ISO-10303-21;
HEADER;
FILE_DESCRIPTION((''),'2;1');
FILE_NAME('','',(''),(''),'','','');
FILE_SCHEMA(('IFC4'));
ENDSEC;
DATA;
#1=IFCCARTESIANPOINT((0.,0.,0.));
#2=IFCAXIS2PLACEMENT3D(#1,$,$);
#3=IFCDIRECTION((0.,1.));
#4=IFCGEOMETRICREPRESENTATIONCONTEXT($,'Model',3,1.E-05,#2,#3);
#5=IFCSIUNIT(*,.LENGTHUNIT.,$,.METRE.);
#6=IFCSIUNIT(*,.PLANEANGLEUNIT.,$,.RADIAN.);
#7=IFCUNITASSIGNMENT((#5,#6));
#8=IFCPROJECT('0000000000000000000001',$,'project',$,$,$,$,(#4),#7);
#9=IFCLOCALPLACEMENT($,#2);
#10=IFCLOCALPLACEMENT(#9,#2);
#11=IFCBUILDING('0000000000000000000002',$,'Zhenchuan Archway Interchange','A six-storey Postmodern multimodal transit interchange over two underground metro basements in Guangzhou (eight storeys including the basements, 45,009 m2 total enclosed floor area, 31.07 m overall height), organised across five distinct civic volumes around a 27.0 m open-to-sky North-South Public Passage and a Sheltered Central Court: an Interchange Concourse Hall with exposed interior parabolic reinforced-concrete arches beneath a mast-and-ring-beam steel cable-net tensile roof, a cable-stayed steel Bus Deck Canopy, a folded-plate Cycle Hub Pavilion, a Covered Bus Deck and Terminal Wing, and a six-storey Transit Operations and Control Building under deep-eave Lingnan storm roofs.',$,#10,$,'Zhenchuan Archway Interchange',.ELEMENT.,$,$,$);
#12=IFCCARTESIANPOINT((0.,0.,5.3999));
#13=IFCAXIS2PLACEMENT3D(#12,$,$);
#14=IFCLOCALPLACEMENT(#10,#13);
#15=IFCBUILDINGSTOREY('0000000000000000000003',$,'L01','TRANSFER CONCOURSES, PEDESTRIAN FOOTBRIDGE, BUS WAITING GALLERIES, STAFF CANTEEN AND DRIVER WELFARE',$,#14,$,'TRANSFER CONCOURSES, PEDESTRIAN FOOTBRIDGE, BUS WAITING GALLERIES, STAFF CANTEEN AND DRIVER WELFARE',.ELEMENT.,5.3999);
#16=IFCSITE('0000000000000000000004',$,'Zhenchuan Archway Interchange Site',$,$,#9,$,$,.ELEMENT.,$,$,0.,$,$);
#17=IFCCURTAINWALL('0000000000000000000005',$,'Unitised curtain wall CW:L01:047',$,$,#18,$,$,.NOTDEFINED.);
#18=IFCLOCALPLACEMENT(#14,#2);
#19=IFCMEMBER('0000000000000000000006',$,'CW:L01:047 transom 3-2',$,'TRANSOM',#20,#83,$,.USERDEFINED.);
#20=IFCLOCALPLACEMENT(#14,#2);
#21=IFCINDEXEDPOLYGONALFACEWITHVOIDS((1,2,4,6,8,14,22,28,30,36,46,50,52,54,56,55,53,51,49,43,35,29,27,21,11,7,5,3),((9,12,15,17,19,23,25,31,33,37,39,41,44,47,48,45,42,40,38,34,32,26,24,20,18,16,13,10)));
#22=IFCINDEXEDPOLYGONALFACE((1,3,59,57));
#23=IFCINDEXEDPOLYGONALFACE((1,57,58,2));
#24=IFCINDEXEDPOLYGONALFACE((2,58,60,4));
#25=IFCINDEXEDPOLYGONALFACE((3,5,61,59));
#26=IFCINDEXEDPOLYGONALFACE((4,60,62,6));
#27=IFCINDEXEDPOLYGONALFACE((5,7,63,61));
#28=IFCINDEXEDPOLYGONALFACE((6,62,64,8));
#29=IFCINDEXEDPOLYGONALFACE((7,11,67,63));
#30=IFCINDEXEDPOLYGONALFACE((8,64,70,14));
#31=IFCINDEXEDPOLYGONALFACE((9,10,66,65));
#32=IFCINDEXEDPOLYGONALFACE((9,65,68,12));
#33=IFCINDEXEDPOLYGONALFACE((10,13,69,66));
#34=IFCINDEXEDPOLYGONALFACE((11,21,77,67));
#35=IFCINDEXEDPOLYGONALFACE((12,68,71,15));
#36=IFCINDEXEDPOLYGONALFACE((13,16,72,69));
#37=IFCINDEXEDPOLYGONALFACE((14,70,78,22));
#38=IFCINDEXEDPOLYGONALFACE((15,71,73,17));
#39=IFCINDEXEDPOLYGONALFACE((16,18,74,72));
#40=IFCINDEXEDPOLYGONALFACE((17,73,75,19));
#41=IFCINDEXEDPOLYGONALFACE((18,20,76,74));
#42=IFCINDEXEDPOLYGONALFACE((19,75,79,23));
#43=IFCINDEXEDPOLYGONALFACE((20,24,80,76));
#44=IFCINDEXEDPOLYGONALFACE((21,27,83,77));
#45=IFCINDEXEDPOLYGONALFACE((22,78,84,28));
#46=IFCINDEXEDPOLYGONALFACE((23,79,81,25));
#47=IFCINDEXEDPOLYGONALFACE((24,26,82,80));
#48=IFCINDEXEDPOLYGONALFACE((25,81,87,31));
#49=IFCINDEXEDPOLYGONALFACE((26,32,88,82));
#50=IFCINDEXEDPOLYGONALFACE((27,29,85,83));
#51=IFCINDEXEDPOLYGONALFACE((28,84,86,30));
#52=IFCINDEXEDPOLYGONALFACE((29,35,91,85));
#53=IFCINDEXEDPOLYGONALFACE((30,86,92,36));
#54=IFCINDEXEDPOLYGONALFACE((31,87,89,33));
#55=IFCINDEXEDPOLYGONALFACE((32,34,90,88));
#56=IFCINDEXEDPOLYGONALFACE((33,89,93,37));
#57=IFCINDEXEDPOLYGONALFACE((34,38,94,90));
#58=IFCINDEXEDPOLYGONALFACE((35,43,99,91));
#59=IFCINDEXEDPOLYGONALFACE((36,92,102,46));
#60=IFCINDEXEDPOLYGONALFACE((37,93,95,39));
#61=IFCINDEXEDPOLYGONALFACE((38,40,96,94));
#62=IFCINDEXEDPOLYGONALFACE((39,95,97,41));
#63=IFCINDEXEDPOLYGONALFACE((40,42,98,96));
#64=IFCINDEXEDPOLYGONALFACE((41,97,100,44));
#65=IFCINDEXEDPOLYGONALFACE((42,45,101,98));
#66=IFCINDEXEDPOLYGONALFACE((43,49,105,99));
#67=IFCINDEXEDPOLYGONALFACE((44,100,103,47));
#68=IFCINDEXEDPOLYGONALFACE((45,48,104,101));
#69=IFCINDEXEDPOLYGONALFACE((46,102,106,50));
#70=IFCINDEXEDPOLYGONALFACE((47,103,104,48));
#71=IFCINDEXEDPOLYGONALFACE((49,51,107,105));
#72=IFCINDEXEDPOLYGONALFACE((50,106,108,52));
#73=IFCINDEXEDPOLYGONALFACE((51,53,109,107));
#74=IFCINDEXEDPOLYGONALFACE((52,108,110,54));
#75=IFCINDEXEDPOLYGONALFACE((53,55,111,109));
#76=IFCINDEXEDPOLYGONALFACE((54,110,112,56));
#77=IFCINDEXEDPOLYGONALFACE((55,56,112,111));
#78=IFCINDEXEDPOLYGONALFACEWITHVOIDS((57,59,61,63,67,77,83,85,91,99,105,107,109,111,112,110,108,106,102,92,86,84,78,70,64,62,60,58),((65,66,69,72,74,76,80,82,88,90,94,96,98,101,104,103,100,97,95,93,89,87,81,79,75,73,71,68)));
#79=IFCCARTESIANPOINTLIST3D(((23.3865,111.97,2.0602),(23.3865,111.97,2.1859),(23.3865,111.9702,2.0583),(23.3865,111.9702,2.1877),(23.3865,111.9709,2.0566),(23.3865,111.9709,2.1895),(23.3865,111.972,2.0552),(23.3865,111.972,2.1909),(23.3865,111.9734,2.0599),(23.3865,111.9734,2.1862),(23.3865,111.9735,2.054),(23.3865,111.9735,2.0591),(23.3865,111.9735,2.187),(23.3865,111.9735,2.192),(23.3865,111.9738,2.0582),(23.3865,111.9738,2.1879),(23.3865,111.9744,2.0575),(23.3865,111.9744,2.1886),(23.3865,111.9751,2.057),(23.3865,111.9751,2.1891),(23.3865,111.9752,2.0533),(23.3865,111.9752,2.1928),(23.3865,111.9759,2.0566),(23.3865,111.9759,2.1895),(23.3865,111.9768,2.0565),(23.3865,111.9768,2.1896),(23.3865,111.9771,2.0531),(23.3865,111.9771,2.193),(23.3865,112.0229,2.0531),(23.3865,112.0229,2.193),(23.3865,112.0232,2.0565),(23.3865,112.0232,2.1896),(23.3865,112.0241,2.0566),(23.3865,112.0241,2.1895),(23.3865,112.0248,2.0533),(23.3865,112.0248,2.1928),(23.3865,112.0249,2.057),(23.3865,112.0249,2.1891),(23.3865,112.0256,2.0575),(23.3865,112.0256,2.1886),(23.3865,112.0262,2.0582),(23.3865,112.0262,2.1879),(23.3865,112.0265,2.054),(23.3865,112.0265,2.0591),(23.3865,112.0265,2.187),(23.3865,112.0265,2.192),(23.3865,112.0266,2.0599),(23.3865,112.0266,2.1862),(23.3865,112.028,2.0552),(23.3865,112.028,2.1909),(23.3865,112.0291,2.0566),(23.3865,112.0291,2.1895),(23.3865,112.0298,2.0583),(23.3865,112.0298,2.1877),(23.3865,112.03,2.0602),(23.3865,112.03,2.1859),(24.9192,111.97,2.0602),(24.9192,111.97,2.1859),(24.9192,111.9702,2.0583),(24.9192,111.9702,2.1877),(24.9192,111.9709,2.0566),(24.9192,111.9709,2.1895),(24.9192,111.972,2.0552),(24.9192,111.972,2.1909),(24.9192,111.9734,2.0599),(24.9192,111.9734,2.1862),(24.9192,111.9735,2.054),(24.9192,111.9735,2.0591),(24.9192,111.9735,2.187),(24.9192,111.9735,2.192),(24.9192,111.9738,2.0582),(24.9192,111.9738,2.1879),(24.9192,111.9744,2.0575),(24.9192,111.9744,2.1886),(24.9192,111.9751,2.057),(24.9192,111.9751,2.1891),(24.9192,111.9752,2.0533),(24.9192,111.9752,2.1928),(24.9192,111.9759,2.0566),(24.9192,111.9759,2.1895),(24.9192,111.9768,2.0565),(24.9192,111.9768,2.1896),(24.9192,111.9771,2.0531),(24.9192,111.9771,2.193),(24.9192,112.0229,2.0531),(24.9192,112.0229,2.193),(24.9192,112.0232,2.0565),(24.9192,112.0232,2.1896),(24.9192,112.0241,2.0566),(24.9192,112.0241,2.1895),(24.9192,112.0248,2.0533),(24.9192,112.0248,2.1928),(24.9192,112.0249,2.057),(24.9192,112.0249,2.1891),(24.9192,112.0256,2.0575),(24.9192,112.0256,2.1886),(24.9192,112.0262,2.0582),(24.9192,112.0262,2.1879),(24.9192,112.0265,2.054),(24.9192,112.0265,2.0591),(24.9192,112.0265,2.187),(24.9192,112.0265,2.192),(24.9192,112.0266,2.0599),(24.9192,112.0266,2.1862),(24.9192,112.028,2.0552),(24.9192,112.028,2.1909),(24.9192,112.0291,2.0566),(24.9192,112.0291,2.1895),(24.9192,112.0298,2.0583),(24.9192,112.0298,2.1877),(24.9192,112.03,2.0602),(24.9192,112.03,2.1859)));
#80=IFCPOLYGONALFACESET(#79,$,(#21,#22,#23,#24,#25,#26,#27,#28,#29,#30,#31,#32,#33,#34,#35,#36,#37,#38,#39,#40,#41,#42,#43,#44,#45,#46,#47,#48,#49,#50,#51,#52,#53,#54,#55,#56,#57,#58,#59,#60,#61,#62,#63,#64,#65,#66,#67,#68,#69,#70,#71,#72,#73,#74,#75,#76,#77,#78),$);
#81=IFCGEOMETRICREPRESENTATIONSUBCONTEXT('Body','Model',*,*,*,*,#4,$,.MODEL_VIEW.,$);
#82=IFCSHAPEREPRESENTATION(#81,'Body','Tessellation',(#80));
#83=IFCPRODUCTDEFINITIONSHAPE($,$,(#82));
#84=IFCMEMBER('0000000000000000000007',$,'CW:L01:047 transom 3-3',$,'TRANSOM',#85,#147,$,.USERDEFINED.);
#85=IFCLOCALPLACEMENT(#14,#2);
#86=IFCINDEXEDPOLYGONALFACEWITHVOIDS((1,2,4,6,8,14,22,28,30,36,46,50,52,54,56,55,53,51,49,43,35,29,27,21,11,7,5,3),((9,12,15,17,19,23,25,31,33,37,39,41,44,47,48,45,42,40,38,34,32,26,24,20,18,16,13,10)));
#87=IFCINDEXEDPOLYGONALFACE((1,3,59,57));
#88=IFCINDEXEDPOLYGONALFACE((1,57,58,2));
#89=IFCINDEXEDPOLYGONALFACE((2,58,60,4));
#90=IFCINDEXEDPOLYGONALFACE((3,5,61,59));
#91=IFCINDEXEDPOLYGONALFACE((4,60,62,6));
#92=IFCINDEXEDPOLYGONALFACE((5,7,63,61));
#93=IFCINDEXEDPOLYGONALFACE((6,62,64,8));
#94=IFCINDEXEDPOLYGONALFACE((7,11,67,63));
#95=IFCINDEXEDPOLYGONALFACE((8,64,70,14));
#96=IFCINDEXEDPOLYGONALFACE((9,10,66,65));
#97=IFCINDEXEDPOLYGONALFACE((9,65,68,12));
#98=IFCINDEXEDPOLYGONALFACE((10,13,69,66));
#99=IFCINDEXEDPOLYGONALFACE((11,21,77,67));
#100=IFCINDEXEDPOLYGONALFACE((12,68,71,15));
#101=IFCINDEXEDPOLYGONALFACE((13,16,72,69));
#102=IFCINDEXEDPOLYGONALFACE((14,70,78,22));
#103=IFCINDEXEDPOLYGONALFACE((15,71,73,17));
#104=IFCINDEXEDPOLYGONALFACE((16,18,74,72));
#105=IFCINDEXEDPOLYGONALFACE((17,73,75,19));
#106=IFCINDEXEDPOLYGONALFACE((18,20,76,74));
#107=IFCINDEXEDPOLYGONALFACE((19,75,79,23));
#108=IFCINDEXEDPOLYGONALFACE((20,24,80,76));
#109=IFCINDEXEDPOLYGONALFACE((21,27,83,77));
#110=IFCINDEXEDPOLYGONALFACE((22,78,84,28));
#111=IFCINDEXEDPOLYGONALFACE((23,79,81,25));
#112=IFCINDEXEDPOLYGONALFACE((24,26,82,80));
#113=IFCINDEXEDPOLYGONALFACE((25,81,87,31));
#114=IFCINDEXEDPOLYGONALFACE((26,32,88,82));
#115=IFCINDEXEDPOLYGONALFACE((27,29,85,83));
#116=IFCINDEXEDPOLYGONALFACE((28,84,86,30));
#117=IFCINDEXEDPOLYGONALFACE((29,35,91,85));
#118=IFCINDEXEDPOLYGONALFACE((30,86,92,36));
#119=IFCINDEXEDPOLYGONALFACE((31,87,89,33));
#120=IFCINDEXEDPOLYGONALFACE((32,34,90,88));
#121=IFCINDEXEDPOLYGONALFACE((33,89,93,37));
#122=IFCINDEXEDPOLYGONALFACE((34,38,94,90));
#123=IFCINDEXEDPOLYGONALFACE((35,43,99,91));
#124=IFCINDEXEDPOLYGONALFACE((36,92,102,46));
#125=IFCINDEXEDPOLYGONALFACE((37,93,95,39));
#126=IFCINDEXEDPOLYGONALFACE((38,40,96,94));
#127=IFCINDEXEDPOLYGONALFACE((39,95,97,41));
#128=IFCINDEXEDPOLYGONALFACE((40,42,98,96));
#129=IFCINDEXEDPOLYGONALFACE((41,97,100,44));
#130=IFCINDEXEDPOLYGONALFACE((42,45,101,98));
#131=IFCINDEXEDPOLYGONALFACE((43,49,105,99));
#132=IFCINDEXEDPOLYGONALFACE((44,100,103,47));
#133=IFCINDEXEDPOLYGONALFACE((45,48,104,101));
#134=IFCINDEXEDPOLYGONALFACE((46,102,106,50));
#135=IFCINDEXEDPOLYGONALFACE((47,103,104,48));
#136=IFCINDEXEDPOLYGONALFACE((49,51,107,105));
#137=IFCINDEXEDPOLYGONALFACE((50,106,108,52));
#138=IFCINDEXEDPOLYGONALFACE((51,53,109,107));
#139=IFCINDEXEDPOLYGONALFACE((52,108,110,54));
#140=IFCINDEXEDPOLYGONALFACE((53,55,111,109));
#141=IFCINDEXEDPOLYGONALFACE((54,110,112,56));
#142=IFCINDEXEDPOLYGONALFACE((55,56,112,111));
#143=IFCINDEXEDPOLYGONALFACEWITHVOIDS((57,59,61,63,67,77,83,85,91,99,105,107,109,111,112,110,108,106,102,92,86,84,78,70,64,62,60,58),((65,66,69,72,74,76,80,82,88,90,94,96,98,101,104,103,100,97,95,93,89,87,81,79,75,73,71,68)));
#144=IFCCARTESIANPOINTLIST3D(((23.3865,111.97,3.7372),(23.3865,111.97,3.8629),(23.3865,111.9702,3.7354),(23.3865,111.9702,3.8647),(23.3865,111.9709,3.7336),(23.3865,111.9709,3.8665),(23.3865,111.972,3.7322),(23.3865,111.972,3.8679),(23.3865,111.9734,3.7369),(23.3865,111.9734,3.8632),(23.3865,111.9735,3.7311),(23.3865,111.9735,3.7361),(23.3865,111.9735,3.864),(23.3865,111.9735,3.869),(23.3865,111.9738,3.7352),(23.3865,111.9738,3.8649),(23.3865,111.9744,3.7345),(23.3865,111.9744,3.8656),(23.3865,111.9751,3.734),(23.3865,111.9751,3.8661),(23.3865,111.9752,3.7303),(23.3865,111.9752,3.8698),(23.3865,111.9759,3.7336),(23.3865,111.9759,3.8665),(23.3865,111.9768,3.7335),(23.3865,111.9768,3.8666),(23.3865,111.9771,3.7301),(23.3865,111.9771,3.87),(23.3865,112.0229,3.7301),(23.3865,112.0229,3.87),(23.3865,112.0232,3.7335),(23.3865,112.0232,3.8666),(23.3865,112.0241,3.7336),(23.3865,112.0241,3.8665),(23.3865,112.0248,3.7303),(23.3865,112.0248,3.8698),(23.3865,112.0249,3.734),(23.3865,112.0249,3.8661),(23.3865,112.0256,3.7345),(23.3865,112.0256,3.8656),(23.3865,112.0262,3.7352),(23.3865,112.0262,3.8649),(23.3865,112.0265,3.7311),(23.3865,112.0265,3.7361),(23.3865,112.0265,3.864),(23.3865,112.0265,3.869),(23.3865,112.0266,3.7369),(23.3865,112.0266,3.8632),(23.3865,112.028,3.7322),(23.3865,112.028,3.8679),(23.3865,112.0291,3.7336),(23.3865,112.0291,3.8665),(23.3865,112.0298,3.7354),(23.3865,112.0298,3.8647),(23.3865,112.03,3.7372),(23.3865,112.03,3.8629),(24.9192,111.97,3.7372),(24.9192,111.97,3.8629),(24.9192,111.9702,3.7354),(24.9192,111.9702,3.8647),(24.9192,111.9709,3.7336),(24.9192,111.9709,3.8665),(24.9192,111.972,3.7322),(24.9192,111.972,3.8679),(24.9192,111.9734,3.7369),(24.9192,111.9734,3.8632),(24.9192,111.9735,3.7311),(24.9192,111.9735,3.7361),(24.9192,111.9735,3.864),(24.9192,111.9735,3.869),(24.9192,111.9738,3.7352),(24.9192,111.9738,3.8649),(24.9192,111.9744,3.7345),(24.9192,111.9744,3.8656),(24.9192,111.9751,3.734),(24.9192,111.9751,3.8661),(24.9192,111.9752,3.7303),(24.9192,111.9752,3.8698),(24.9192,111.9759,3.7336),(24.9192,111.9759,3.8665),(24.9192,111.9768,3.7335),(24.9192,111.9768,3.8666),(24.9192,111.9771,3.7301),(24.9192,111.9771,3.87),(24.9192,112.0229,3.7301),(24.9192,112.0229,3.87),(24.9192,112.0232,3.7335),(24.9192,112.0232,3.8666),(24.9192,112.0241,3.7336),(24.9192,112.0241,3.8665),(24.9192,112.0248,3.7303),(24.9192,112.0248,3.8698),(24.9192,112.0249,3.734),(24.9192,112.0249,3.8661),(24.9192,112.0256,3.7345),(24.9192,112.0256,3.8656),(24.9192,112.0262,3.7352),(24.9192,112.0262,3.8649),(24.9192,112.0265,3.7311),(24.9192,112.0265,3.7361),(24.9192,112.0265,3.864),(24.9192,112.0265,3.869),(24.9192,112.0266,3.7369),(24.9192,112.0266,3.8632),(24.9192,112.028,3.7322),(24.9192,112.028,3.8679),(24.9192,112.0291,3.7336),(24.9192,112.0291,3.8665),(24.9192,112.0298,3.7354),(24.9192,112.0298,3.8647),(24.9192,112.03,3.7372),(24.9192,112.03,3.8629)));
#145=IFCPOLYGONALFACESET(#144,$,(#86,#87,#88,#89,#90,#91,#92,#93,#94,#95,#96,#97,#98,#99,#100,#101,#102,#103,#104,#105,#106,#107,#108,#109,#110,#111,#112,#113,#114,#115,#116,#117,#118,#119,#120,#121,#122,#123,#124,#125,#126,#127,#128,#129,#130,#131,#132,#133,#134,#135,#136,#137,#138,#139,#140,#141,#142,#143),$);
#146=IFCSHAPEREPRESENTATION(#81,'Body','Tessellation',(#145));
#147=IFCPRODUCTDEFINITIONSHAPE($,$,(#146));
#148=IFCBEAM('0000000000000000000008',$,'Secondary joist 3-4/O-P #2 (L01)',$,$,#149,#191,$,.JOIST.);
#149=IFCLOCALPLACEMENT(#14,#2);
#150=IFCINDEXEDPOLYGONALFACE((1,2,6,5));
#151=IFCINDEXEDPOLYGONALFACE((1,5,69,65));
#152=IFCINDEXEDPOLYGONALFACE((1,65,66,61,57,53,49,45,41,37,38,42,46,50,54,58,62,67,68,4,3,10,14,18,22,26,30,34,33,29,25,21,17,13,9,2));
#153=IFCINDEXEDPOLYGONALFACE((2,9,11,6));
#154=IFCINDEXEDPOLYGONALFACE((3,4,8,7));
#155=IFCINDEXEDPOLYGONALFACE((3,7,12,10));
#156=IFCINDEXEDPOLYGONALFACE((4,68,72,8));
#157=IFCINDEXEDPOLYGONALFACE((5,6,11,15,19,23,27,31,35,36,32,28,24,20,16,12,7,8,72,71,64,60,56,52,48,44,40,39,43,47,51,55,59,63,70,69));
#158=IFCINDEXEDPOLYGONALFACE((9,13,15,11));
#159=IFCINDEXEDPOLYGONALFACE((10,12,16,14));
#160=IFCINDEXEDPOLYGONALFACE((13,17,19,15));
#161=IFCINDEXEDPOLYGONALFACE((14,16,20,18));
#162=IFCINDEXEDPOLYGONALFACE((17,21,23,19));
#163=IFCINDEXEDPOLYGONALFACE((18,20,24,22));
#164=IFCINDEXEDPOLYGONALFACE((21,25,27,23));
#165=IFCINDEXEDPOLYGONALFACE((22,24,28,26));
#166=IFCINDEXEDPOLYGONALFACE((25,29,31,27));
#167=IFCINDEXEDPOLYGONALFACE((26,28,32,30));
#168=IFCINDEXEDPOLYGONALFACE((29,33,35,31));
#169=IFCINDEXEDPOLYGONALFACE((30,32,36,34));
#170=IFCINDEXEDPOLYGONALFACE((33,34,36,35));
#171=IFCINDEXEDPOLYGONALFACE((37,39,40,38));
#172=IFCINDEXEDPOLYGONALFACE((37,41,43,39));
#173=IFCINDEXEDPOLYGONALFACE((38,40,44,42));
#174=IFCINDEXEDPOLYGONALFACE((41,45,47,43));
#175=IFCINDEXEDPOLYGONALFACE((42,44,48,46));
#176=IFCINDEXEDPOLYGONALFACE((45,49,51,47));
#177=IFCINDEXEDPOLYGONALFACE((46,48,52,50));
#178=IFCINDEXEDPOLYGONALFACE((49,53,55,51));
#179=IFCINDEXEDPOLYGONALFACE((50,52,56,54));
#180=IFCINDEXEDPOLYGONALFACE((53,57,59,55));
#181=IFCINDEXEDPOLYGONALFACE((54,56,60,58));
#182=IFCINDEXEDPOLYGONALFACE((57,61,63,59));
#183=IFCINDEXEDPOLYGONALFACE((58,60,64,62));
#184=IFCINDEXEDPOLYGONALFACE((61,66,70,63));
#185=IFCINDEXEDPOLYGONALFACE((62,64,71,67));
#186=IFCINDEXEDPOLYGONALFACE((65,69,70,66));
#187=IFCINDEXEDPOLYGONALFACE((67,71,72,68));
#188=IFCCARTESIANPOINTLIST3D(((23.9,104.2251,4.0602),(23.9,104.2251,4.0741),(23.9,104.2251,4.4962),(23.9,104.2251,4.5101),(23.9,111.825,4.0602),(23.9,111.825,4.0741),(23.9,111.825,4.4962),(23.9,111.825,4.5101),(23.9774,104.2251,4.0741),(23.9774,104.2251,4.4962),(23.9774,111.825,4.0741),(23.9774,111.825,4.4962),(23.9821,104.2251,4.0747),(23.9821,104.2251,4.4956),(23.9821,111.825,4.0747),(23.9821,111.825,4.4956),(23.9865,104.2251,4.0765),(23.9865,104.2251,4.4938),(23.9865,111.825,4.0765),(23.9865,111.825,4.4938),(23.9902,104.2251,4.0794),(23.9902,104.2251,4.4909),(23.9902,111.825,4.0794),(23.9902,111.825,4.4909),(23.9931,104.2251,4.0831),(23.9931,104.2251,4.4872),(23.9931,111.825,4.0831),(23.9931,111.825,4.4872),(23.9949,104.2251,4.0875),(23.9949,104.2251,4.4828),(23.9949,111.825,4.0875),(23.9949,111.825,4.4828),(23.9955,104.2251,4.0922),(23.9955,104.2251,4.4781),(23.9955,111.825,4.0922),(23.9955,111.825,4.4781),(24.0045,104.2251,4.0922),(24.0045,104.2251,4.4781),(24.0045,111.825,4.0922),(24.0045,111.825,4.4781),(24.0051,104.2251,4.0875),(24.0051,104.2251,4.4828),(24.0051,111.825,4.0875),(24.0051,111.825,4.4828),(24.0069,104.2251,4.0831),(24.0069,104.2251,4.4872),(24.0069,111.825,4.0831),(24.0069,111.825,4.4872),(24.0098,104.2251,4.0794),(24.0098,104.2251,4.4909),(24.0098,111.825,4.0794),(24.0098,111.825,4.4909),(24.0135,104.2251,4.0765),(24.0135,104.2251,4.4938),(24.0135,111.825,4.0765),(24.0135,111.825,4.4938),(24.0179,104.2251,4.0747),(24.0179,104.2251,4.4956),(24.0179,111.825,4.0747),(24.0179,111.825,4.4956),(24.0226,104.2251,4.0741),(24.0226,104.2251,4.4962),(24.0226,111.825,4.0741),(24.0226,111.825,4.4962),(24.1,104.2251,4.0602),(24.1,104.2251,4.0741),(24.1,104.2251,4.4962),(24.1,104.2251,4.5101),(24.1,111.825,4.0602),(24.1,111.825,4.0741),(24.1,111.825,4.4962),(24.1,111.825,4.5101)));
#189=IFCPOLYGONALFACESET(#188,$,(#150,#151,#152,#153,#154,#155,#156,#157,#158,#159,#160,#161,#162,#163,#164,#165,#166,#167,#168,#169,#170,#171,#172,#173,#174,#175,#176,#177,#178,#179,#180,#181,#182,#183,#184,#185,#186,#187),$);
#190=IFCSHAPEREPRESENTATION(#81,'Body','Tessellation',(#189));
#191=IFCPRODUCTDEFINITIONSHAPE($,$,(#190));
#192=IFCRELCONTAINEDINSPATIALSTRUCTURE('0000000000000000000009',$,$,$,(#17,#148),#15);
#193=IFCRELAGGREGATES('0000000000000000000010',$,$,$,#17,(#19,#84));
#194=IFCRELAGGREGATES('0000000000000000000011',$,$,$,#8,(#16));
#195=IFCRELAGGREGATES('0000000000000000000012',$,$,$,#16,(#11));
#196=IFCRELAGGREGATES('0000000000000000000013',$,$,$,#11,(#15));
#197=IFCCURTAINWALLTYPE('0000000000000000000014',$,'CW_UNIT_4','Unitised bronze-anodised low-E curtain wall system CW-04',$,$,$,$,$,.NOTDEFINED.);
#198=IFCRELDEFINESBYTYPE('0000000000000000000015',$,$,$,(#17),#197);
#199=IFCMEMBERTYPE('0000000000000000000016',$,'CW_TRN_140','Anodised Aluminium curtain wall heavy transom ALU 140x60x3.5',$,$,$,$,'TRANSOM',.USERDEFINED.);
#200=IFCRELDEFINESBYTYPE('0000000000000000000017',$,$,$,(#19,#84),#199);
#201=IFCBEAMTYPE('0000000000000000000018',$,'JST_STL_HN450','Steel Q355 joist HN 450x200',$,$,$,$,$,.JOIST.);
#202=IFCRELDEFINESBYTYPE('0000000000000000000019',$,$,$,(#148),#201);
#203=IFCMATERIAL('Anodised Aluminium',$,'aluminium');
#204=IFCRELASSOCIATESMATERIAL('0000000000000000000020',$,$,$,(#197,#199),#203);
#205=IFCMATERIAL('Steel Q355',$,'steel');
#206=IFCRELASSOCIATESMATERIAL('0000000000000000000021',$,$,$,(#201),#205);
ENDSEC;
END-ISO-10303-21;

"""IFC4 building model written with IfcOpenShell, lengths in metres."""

from ifc_helpers import new_model, si_unit, direction, frame, origin, origin_2d, place, context, subcontext, project, spatial, hollow_rectangle, i_section, extrude, material, material_profile, profile_set, type_object, element, aggregate, save


model = new_model("IFC4")

# Units and contexts
model_context = context("Model", 3, precision=1e-05, world=origin(), true_north=direction((0.0, 1.0)))
body_context = subcontext(model_context, "Body", "Model", "MODEL_VIEW")
ifc_project = project(units=[si_unit("LENGTHUNIT", "METRE"), si_unit("PLANEANGLEUNIT", "RADIAN")], contexts=[model_context])

# Site, building, storey
site_placement = place(None, origin())
site = spatial("IfcSite", under=ifc_project, at=site_placement, Name="Zhenchuan Archway Interchange Site", CompositionType="ELEMENT", RefElevation=0.0)
building_placement = place(site_placement, origin())
building = spatial("IfcBuilding", under=site, at=building_placement, Name="Zhenchuan Archway Interchange", Description="A six-storey Postmodern multimodal transit interchange over two underground metro basements in Guangzhou (eight storeys including the basements, 45,009 m2 total enclosed floor area, 31.07 m overall height), organised across five distinct civic volumes around a 27.0 m open-to-sky North-South Public Passage and a Sheltered Central Court: an Interchange Concourse Hall with exposed interior parabolic reinforced-concrete arches beneath a mast-and-ring-beam steel cable-net tensile roof, a cable-stayed steel Bus Deck Canopy, a folded-plate Cycle Hub Pavilion, a Covered Bus Deck and Terminal Wing, and a six-storey Transit Operations and Control Building under deep-eave Lingnan storm roofs.", LongName="Zhenchuan Archway Interchange", CompositionType="ELEMENT")
storey_placement = place(building_placement, frame((0.0, 0.0, 5.3999)))
storey = spatial("IfcBuildingStorey", under=building, at=storey_placement, Name="L01", Description="TRANSFER CONCOURSES, PEDESTRIAN FOOTBRIDGE, BUS WAITING GALLERIES, STAFF CANTEEN AND DRIVER WELFARE", LongName="TRANSFER CONCOURSES, PEDESTRIAN FOOTBRIDGE, BUS WAITING GALLERIES, STAFF CANTEEN AND DRIVER WELFARE", CompositionType="ELEMENT", Elevation=5.3999)

# Curtain wall, members
ifc_material_1 = material(Name="Anodised Aluminium", Category="aluminium")
curtain_wall_type = type_object("IfcCurtainWallType", Name="CW_UNIT_4", Description="Unitised bronze-anodised low-E curtain wall system CW-04", PredefinedType="NOTDEFINED", material=ifc_material_1)
curtain_wall_placement = place(storey_placement, origin())
curtain_wall = element("IfcCurtainWall", 1, at=curtain_wall_placement, inside=storey, type_object=curtain_wall_type, Name="Unitised curtain wall CW:L01:047", PredefinedType="NOTDEFINED")
ifc_material_profile_1 = material_profile(ifc_material_1, hollow_rectangle(XDim=0.0601, YDim=0.1399, WallThickness=0.0034, InnerFilletRadius=0.0034, OuterFilletRadius=0.0071, at=origin_2d()), Name="ALU 140x60x3.5")
ifc_profile_set_1 = profile_set([ifc_material_profile_1], Name="Anodised Aluminium")
member_type = type_object("IfcMemberType", Name="CW_TRN_140", Description="Anodised Aluminium curtain wall heavy transom ALU 140x60x3.5", ElementType="TRANSOM", PredefinedType="USERDEFINED", material=ifc_profile_set_1)
member_1_placement = place(storey_placement, frame((23.3865, 112.0, 2.123), z_axis=(1.0, 0.0, 0.0), x_axis=(0.0, 1.0, 0.0)))
member_1 = element("IfcMember", 2, at=member_1_placement, type_object=member_type, Name="CW:L01:047 transom 3-2", ObjectType="TRANSOM", PredefinedType="USERDEFINED", context=body_context, shape_type="SweptSolid", body=[
    extrude(hollow_rectangle(XDim=0.0601, YDim=0.1399, WallThickness=0.0034, InnerFilletRadius=0.0034, OuterFilletRadius=0.0071, at=origin_2d()), origin(), (0.0, 0.0, 1.0), 1.5327),
])
member_2_placement = place(storey_placement, frame((23.3865, 112.0, 3.8), z_axis=(1.0, 0.0, 0.0), x_axis=(0.0, 1.0, 0.0)))
member_2 = element("IfcMember", 3, at=member_2_placement, type_object=member_type, Name="CW:L01:047 transom 3-3", ObjectType="TRANSOM", PredefinedType="USERDEFINED", context=body_context, shape_type="SweptSolid", body=[
    extrude(hollow_rectangle(XDim=0.0601, YDim=0.1399, WallThickness=0.0034, InnerFilletRadius=0.0034, OuterFilletRadius=0.0071, at=origin_2d()), origin(), (0.0, 0.0, 1.0), 1.5327),
])
aggregate(curtain_wall, [member_1, member_2])

# Beam
ifc_material_2 = material(Name="Steel Q355", Category="steel")
ifc_material_profile_2 = material_profile(ifc_material_2, i_section(OverallWidth=0.2, OverallDepth=0.45, WebThickness=0.009, FlangeThickness=0.0139, FilletRadius=0.0181, at=origin_2d()), Name="HN 450x200")
ifc_profile_set_2 = profile_set([ifc_material_profile_2], Name="Steel Q355")
beam_type_1 = type_object("IfcBeamType", Name="JST_STL_HN450", Description="Steel Q355 joist HN 450x200", PredefinedType="JOIST", material=ifc_profile_set_2)
beam_1_placement = place(storey_placement, frame((24.0, 104.2251, 4.2852), z_axis=(0.0, 1.0, 0.0), x_axis=(-1.0, 0.0, 0.0)))
element("IfcBeam", 4, at=beam_1_placement, inside=storey, type_object=beam_type_1, Name="Secondary joist 3-4/O-P #2 (L01)", PredefinedType="JOIST", context=body_context, shape_type="SweptSolid", body=[
    extrude(i_section(OverallWidth=0.2, OverallDepth=0.45, WebThickness=0.009, FlangeThickness=0.0139, FilletRadius=0.0181, at=origin_2d()), origin(), (0.0, 0.0, 1.0), 7.5999),
])

save(model, "model.ifc")
